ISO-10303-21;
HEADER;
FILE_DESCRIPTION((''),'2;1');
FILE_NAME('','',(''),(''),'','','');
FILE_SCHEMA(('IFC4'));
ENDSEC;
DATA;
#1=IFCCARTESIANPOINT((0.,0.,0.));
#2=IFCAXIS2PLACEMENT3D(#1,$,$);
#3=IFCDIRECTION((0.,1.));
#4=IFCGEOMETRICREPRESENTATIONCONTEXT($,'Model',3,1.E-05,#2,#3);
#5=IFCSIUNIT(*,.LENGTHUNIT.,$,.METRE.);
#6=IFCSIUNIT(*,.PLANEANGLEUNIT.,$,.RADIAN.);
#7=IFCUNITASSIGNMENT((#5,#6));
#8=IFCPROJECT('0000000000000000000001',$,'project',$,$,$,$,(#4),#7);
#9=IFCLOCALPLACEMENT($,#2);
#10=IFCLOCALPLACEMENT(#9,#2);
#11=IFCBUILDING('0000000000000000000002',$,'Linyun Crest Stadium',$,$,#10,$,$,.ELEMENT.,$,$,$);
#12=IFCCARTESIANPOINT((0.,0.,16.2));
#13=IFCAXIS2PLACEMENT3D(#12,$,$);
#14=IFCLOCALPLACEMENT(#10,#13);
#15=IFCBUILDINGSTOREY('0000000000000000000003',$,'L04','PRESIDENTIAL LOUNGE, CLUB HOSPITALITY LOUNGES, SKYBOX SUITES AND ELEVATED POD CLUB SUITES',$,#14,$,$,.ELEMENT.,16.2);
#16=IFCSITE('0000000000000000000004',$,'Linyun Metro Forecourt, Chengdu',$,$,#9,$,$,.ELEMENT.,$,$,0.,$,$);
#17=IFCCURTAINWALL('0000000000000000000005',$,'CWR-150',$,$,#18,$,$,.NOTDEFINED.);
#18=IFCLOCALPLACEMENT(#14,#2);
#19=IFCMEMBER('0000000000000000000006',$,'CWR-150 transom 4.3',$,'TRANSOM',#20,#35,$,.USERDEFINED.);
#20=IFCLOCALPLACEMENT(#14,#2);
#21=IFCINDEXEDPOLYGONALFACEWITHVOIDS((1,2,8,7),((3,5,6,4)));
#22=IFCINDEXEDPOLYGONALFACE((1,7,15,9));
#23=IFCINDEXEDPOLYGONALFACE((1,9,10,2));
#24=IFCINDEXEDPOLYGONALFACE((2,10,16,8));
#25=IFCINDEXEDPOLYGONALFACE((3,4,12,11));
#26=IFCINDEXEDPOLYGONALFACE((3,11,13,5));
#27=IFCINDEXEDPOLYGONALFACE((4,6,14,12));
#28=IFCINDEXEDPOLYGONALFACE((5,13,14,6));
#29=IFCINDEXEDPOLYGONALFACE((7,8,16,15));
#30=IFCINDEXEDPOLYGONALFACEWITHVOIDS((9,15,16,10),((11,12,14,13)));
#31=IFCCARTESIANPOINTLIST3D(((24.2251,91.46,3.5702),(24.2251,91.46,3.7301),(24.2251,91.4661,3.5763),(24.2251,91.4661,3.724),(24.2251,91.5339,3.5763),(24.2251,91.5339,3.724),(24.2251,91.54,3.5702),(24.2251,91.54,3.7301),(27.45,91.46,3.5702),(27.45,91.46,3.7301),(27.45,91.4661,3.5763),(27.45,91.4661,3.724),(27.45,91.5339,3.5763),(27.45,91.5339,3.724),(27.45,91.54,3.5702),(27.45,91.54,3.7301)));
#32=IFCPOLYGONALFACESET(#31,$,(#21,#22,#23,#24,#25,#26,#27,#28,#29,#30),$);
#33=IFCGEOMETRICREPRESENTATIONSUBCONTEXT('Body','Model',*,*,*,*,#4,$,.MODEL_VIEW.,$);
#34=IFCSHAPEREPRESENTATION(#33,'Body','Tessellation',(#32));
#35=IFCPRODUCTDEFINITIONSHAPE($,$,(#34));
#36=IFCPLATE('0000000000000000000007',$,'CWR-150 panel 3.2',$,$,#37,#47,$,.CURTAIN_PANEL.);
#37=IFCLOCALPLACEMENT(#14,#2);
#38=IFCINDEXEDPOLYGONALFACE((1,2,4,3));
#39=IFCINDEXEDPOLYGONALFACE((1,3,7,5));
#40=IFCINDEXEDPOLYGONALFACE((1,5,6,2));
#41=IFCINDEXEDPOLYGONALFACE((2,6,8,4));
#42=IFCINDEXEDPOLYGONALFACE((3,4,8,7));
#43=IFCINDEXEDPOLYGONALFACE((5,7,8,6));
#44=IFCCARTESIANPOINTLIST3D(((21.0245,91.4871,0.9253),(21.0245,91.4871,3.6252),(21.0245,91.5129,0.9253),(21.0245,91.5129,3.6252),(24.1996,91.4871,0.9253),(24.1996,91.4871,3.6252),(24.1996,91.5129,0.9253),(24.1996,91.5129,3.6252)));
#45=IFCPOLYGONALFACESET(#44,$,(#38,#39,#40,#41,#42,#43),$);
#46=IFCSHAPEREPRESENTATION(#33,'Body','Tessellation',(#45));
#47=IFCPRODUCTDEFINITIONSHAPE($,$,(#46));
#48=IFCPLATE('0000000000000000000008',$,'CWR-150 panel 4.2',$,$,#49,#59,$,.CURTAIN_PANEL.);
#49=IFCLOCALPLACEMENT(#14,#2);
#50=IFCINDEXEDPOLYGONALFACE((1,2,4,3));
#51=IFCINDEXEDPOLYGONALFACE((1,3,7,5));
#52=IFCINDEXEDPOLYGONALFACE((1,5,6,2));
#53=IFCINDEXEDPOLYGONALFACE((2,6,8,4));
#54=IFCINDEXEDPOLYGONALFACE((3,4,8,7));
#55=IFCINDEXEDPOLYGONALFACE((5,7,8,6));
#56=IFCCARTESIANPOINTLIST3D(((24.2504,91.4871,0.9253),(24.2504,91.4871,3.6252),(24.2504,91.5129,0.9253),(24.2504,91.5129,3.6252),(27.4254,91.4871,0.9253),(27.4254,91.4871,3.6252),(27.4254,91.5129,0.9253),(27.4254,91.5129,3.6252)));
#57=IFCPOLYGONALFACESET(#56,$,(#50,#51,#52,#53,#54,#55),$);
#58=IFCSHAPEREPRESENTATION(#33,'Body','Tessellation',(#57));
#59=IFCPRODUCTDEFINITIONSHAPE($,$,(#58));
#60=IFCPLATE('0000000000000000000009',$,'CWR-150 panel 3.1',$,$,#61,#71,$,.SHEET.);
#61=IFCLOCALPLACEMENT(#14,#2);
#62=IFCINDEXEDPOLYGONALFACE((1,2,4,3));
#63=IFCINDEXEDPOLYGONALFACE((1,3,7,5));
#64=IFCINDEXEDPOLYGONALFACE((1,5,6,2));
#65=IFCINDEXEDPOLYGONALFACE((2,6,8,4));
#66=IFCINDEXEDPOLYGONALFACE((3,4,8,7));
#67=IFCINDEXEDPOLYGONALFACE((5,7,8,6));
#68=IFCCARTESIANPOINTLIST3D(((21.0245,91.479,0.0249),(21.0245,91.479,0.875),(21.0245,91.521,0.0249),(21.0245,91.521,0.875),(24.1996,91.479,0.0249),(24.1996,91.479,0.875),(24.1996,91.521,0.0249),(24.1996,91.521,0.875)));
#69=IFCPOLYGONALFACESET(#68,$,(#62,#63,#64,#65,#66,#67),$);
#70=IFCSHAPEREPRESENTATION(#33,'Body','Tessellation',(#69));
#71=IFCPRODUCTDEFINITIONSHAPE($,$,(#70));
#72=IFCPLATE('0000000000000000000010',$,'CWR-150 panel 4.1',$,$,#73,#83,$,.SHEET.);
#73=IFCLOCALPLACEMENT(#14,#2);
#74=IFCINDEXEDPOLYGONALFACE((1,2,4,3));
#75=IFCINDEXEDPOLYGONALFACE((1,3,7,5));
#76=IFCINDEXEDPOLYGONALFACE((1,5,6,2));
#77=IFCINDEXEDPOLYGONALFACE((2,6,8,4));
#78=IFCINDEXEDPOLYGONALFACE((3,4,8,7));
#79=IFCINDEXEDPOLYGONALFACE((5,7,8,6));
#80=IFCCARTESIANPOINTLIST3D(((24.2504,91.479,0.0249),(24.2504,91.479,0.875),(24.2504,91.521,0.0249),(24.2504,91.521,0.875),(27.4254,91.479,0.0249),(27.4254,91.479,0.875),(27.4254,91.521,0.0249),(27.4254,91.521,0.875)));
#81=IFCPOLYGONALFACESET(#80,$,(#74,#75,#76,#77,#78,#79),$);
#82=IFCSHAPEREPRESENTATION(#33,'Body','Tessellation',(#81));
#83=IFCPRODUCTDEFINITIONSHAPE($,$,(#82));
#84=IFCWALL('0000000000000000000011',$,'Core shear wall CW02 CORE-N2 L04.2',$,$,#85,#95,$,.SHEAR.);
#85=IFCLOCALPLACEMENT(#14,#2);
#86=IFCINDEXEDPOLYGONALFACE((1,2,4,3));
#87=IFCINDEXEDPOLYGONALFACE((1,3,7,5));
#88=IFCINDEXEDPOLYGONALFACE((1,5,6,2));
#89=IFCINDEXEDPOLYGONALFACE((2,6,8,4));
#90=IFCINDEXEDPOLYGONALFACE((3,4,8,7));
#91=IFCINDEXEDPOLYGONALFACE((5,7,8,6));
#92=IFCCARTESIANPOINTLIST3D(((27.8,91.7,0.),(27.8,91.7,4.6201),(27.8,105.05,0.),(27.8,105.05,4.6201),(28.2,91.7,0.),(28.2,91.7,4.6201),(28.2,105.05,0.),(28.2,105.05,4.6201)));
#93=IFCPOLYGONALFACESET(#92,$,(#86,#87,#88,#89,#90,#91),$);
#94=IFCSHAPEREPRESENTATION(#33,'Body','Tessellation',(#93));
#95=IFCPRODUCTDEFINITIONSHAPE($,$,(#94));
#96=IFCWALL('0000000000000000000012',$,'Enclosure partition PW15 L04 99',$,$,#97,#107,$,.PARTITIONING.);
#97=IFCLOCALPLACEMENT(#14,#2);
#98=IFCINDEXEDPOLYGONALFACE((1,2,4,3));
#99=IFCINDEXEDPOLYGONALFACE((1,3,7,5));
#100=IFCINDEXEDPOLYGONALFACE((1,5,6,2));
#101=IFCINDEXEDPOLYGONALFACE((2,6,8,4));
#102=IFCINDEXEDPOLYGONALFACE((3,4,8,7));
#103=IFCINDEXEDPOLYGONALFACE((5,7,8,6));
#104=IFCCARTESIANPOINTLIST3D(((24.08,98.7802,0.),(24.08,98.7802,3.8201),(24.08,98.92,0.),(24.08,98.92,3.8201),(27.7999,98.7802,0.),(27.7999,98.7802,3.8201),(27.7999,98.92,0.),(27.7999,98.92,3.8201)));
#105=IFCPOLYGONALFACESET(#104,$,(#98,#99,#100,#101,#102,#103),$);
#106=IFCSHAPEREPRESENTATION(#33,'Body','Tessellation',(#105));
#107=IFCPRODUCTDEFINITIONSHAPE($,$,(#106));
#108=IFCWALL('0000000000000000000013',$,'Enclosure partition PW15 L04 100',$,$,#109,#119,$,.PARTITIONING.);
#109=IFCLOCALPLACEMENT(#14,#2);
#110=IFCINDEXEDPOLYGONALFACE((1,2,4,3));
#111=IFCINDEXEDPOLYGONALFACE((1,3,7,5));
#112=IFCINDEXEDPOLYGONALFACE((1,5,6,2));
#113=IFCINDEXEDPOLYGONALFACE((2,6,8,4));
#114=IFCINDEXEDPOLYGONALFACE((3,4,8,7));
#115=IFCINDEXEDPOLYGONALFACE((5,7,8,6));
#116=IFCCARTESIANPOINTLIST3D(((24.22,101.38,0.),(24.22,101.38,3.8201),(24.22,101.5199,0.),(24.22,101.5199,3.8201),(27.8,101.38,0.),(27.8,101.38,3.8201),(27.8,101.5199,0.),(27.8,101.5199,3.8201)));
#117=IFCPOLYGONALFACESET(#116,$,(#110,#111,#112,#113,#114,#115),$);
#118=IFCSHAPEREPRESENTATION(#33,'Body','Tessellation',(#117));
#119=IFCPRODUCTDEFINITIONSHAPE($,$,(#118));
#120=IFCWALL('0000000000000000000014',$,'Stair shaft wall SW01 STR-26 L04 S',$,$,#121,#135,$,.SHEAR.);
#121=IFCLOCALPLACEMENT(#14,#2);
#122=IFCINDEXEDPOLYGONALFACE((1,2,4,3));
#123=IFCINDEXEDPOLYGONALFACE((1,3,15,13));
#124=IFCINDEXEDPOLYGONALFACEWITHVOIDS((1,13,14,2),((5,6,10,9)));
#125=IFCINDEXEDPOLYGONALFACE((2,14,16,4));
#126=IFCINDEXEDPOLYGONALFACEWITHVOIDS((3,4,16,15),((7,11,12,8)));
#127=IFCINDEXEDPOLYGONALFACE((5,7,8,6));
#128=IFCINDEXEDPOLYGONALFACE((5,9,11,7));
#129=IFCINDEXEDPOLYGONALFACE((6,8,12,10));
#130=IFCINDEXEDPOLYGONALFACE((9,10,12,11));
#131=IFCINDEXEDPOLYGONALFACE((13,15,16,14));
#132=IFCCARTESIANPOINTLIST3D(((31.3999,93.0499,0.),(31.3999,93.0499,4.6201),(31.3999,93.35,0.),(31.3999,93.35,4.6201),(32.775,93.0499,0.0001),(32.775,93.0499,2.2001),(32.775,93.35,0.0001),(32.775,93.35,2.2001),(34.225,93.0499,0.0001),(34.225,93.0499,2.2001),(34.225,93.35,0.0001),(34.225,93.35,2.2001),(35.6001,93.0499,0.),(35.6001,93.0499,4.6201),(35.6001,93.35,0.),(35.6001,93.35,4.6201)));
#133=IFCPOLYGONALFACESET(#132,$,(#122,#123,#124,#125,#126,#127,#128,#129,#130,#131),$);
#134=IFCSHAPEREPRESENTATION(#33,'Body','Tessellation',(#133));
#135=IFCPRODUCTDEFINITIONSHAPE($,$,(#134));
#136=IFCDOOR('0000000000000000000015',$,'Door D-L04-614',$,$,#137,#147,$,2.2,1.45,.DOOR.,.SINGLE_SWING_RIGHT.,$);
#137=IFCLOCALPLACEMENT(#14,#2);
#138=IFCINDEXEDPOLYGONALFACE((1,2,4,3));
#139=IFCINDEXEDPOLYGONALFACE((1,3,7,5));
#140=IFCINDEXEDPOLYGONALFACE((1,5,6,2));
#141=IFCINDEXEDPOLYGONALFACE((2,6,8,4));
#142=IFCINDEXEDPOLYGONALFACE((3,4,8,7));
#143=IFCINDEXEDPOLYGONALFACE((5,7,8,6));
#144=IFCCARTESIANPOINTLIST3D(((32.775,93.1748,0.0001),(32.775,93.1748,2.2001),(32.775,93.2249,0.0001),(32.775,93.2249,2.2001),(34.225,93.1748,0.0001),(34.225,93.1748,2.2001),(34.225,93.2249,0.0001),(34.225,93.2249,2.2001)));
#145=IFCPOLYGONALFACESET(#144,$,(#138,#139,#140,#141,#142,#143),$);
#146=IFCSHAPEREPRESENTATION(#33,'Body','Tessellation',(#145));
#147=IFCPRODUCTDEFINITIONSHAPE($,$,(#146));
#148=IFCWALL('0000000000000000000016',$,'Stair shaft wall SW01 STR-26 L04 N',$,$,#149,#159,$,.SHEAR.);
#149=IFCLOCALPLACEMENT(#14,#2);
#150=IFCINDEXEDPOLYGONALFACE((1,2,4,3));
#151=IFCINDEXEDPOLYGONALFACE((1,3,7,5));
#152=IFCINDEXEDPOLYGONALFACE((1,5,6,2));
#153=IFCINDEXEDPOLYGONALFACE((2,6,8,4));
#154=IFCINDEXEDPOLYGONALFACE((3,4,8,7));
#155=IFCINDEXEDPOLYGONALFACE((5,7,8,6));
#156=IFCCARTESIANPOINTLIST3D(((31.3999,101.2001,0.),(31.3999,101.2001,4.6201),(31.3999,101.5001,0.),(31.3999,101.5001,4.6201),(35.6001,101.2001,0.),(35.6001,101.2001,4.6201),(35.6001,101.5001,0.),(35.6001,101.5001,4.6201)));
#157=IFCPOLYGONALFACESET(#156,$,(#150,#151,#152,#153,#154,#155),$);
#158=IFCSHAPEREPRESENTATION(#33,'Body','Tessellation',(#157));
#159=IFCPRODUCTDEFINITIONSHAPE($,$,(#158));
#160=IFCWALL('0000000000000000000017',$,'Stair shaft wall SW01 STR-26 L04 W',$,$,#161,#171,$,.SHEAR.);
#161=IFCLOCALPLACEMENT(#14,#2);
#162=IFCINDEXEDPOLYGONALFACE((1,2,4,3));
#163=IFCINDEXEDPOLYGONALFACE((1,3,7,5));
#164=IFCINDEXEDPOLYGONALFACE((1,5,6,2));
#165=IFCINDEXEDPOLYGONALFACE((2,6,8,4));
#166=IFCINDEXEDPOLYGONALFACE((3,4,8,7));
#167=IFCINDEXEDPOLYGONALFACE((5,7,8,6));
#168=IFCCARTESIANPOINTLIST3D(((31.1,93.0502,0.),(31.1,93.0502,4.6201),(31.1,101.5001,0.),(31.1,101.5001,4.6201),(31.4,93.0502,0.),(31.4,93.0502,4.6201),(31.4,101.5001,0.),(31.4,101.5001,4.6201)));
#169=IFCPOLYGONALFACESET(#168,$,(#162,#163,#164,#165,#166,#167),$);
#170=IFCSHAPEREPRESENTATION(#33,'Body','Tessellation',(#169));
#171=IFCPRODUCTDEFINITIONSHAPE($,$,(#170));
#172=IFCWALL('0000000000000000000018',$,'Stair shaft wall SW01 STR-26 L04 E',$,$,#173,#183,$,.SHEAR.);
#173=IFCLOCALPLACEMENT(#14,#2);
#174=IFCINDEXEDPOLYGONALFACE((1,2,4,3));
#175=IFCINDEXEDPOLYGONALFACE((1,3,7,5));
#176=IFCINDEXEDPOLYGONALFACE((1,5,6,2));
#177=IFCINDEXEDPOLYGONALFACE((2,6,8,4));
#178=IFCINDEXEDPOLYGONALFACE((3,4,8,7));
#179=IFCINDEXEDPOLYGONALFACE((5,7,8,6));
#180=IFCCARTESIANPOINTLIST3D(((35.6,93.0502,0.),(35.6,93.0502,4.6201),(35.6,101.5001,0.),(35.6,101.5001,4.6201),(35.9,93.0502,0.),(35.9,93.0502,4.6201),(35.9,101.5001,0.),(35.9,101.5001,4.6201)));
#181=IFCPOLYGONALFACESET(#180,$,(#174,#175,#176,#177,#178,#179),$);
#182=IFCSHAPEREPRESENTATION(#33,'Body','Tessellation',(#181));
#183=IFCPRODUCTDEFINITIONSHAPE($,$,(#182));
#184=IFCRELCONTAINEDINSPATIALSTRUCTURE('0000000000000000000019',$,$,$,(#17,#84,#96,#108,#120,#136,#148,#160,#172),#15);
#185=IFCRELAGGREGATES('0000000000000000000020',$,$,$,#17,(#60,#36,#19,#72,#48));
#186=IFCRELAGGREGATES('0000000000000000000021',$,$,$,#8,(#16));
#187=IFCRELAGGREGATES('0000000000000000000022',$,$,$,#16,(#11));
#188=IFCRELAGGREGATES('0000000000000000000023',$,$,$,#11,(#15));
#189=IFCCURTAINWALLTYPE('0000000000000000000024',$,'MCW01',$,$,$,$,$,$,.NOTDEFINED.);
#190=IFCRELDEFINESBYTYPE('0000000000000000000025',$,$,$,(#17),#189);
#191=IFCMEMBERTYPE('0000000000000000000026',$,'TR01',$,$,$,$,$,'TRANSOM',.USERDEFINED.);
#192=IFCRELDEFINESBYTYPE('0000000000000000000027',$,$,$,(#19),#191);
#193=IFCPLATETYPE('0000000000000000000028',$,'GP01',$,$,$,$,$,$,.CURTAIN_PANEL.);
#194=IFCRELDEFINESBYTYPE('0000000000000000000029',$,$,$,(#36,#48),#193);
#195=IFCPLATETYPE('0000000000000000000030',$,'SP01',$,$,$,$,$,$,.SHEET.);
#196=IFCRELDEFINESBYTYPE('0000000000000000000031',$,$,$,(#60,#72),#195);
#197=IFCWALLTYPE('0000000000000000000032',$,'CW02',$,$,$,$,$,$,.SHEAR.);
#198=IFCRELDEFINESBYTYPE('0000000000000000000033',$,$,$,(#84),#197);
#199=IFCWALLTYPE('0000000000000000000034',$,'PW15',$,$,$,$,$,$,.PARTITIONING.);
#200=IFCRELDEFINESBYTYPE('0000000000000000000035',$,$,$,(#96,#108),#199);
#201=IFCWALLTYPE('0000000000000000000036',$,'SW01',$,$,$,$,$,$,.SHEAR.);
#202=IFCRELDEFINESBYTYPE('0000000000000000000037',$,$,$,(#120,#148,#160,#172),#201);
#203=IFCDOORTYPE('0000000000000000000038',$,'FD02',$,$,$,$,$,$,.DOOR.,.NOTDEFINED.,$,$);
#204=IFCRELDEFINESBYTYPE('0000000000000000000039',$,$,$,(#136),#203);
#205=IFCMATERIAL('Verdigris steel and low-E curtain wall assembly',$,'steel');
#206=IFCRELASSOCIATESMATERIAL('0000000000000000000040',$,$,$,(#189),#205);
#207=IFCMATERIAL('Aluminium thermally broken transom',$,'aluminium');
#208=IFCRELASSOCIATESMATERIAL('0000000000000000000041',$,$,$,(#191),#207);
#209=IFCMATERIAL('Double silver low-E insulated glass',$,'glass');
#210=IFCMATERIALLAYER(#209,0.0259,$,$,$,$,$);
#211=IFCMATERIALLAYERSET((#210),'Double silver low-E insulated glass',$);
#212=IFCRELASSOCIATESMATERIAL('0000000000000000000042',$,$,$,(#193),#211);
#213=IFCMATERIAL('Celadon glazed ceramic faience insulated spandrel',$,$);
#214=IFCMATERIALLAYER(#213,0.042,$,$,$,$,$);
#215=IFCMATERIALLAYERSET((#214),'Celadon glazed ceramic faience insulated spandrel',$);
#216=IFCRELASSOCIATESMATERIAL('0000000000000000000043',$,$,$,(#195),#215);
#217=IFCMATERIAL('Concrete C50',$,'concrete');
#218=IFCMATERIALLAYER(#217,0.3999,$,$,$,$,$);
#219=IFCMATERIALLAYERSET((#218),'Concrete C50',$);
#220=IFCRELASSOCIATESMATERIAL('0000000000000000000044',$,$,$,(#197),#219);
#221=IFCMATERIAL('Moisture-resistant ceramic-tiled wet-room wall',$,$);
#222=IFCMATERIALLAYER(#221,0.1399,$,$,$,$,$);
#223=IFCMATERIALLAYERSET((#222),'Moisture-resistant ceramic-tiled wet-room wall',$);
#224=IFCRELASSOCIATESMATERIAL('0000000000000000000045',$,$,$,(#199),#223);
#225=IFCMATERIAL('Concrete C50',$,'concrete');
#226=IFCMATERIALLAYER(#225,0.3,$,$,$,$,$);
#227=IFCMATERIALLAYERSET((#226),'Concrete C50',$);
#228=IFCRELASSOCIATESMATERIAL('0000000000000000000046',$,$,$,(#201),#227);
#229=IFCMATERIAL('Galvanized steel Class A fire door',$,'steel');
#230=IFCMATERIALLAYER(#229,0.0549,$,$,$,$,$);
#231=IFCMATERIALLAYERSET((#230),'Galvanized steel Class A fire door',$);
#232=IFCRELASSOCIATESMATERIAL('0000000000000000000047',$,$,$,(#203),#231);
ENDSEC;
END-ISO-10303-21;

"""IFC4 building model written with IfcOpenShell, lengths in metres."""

from ifc_helpers import new_model, si_unit, direction, frame, frame_2d, origin, origin_2d, place, context, subcontext, project, spatial, rectangle, hollow_rectangle, extrude, material, layer, layer_set, material_profile, profile_set, type_object, element, fill, aggregate, save


model = new_model("IFC4")

# Units and contexts
model_context = context("Model", 3, precision=1e-05, world=origin(), true_north=direction((0.0, 1.0)))
body_context = subcontext(model_context, "Body", "Model", "MODEL_VIEW")
ifc_project = project(units=[si_unit("LENGTHUNIT", "METRE"), si_unit("PLANEANGLEUNIT", "RADIAN")], contexts=[model_context])

# Site, building, storey
site_placement = place(None, origin())
site = spatial("IfcSite", under=ifc_project, at=site_placement, Name="Linyun Metro Forecourt, Chengdu", CompositionType="ELEMENT", RefElevation=0.0)
building_placement = place(site_placement, origin())
building = spatial("IfcBuilding", under=site, at=building_placement, Name="Linyun Crest Stadium", CompositionType="ELEMENT")
storey_placement = place(building_placement, frame((0.0, 0.0, 16.2)))
storey = spatial("IfcBuildingStorey", under=building, at=storey_placement, Name="L04", Description="PRESIDENTIAL LOUNGE, CLUB HOSPITALITY LOUNGES, SKYBOX SUITES AND ELEVATED POD CLUB SUITES", CompositionType="ELEMENT", Elevation=16.2)

# Curtain wall, member, plates
ifc_material_1 = material(Name="Verdigris steel and low-E curtain wall assembly", Category="steel")
curtain_wall_type = type_object("IfcCurtainWallType", Name="MCW01", PredefinedType="NOTDEFINED", material=ifc_material_1)
curtain_wall_placement = place(storey_placement, origin())
curtain_wall = element("IfcCurtainWall", 1, at=curtain_wall_placement, inside=storey, type_object=curtain_wall_type, Name="CWR-150", PredefinedType="NOTDEFINED")
ifc_material_2 = material(Name="Aluminium thermally broken transom", Category="aluminium")
ifc_material_profile_1 = material_profile(ifc_material_2, hollow_rectangle(XDim=0.0801, YDim=0.1599, WallThickness=0.0061, at=origin_2d()), Name="RHS 160x80x6")
ifc_profile_set_1 = profile_set([ifc_material_profile_1], Name="Aluminium thermally broken transom")
member_type_1 = type_object("IfcMemberType", Name="TR01", ElementType="TRANSOM", PredefinedType="USERDEFINED", material=ifc_profile_set_1)
member_1_placement = place(storey_placement, frame((24.2251, 91.5, 3.6501), z_axis=(1.0, 0.0, 0.0), x_axis=(0.0, 1.0, 0.0)))
member_1 = element("IfcMember", 2, at=member_1_placement, type_object=member_type_1, Name="CWR-150 transom 4.3", ObjectType="TRANSOM", PredefinedType="USERDEFINED", context=body_context, shape_type="SweptSolid", body=[
    extrude(hollow_rectangle(XDim=0.0801, YDim=0.1599, WallThickness=0.0061, at=origin_2d()), origin(), (0.0, 0.0, 1.0), 3.2249),
])
ifc_material_3 = material(Name="Double silver low-E insulated glass", Category="glass")
ifc_layer_1 = layer(ifc_material_3, 0.0259)
ifc_layer_set_1 = layer_set([ifc_layer_1], Name="Double silver low-E insulated glass")
plate_type_1 = type_object("IfcPlateType", Name="GP01", PredefinedType="CURTAIN_PANEL", material=ifc_layer_set_1)
plate_1_placement = place(storey_placement, frame((22.6121, 91.5, 0.9253), z_axis=(0.0, 0.0, 1.0), x_axis=(1.0, 0.0, 0.0)))
plate_1 = element("IfcPlate", 3, at=plate_1_placement, type_object=plate_type_1, Name="CWR-150 panel 3.2", PredefinedType="CURTAIN_PANEL", context=body_context, shape_type="SweptSolid", body=[
    extrude(rectangle(XDim=3.175, YDim=0.0259, at=origin_2d()), origin(), (0.0, 0.0, 1.0), 2.7),
])
plate_2_placement = place(storey_placement, frame((25.8379, 91.5, 0.9253), z_axis=(0.0, 0.0, 1.0), x_axis=(1.0, 0.0, 0.0)))
plate_2 = element("IfcPlate", 4, at=plate_2_placement, type_object=plate_type_1, Name="CWR-150 panel 4.2", PredefinedType="CURTAIN_PANEL", context=body_context, shape_type="SweptSolid", body=[
    extrude(rectangle(XDim=3.175, YDim=0.0259, at=origin_2d()), origin(), (0.0, 0.0, 1.0), 2.7),
])
ifc_material_4 = material(Name="Celadon glazed ceramic faience insulated spandrel")
ifc_layer_2 = layer(ifc_material_4, 0.042)
ifc_layer_set_2 = layer_set([ifc_layer_2], Name="Celadon glazed ceramic faience insulated spandrel")
plate_type_2 = type_object("IfcPlateType", Name="SP01", PredefinedType="SHEET", material=ifc_layer_set_2)
plate_3_placement = place(storey_placement, frame((22.6121, 91.5, 0.0249), z_axis=(0.0, 0.0, 1.0), x_axis=(1.0, 0.0, 0.0)))
plate_3 = element("IfcPlate", 5, at=plate_3_placement, type_object=plate_type_2, Name="CWR-150 panel 3.1", PredefinedType="SHEET", context=body_context, shape_type="SweptSolid", body=[
    extrude(rectangle(XDim=3.175, YDim=0.042, at=origin_2d()), origin(), (0.0, 0.0, 1.0), 0.8501),
])
plate_4_placement = place(storey_placement, frame((25.8379, 91.5, 0.0249), z_axis=(0.0, 0.0, 1.0), x_axis=(1.0, 0.0, 0.0)))
plate_4 = element("IfcPlate", 6, at=plate_4_placement, type_object=plate_type_2, Name="CWR-150 panel 4.1", PredefinedType="SHEET", context=body_context, shape_type="SweptSolid", body=[
    extrude(rectangle(XDim=3.175, YDim=0.042, at=origin_2d()), origin(), (0.0, 0.0, 1.0), 0.8501),
])
aggregate(curtain_wall, [plate_3, plate_1, member_1, plate_4, plate_2])

# Wall
ifc_material_5 = material(Name="Concrete C50", Category="concrete")
ifc_layer_3 = layer(ifc_material_5, 0.3999)
ifc_layer_set_3 = layer_set([ifc_layer_3], Name="Concrete C50")
wall_type_1 = type_object("IfcWallType", Name="CW02", PredefinedType="SHEAR", material=ifc_layer_set_3)
wall_1_placement = place(storey_placement, frame((28.0, 91.7, 0.0), z_axis=(0.0, 0.0, 1.0), x_axis=(0.0, 1.0, 0.0)))
element("IfcWall", 7, at=wall_1_placement, inside=storey, type_object=wall_type_1, Name="Core shear wall CW02 CORE-N2 L04.2", PredefinedType="SHEAR", context=body_context, shape_type="SweptSolid", body=[
    extrude(rectangle(XDim=13.3501, YDim=0.3999, at=frame_2d((6.675, 0.0))), origin(), (0.0, 0.0, 1.0), 4.6201),
])

# Shared definitions
ifc_material_6 = material(Name="Moisture-resistant ceramic-tiled wet-room wall")
ifc_layer_4 = layer(ifc_material_6, 0.1399)
ifc_layer_set_4 = layer_set([ifc_layer_4], Name="Moisture-resistant ceramic-tiled wet-room wall")
wall_type_2 = type_object("IfcWallType", Name="PW15", PredefinedType="PARTITIONING", material=ifc_layer_set_4)

# Walls
wall_2_placement = place(storey_placement, frame((24.0801, 98.8501, 0.0), z_axis=(0.0, 0.0, 1.0), x_axis=(1.0, 0.0, 0.0)))
element("IfcWall", 8, at=wall_2_placement, inside=storey, type_object=wall_type_2, Name="Enclosure partition PW15 L04 99", PredefinedType="PARTITIONING", context=body_context, shape_type="SweptSolid", body=[
    extrude(rectangle(XDim=3.72, YDim=0.1399, at=frame_2d((1.8599, 0.0))), origin(), (0.0, 0.0, 1.0), 3.8201),
])
wall_3_placement = place(storey_placement, frame((24.22, 101.45, 0.0), z_axis=(0.0, 0.0, 1.0), x_axis=(1.0, 0.0, 0.0)))
element("IfcWall", 9, at=wall_3_placement, inside=storey, type_object=wall_type_2, Name="Enclosure partition PW15 L04 100", PredefinedType="PARTITIONING", context=body_context, shape_type="SweptSolid", body=[
    extrude(rectangle(XDim=3.5801, YDim=0.1399, at=frame_2d((1.79, 0.0))), origin(), (0.0, 0.0, 1.0), 3.8201),
])

# Wall, opening, door
ifc_material_7 = material(Name="Concrete C50", Category="concrete")
ifc_layer_5 = layer(ifc_material_7, 0.3)
ifc_layer_set_5 = layer_set([ifc_layer_5], Name="Concrete C50")
wall_type_3 = type_object("IfcWallType", Name="SW01", PredefinedType="SHEAR", material=ifc_layer_set_5)
wall_4_placement = place(storey_placement, frame((31.3999, 93.2, 0.0), z_axis=(0.0, 0.0, 1.0), x_axis=(1.0, 0.0, 0.0)))
wall_4 = element("IfcWall", 10, at=wall_4_placement, inside=storey, type_object=wall_type_3, Name="Stair shaft wall SW01 STR-26 L04 S", PredefinedType="SHEAR", context=body_context, shape_type="SweptSolid", body=[
    extrude(rectangle(XDim=4.2002, YDim=0.3, at=frame_2d((2.1001, 0.0))), origin(), (0.0, 0.0, 1.0), 4.6201),
])
opening_1_placement = place(wall_4_placement, frame((1.375, 0.0, 0.0)))
opening_1 = element("IfcOpeningElement", 11, at=opening_1_placement, cuts=wall_4, PredefinedType="OPENING", context=body_context, shape_type="SweptSolid", body=[
    extrude(rectangle(XDim=1.45, YDim=2.2, at=frame_2d((0.7251, 1.1001))), frame((0.0, 0.1599, 0.0), z_axis=(0.0, -1.0, 0.0), x_axis=(1.0, 0.0, 0.0)), (0.0, 0.0, 1.0), 0.3201),
])
ifc_material_8 = material(Name="Galvanized steel Class A fire door", Category="steel")
ifc_layer_6 = layer(ifc_material_8, 0.0549)
ifc_layer_set_6 = layer_set([ifc_layer_6], Name="Galvanized steel Class A fire door")
door_type_1 = type_object("IfcDoorType", Name="FD02", OperationType="NOTDEFINED", PredefinedType="DOOR", material=ifc_layer_set_6)
door_1_placement = place(opening_1_placement, origin())
door_1 = element("IfcDoor", 12, at=door_1_placement, inside=storey, type_object=door_type_1, Name="Door D-L04-614", OperationType="SINGLE_SWING_RIGHT", OverallHeight=2.2, OverallWidth=1.45, PredefinedType="DOOR", context=body_context, shape_type="SweptSolid", body=[
    extrude(rectangle(XDim=1.45, YDim=2.2, at=frame_2d((0.7251, 1.1001))), frame((0.0, 0.0249, 0.0), z_axis=(0.0, -1.0, 0.0), x_axis=(1.0, 0.0, 0.0)), (0.0, 0.0, 1.0), 0.05),
])
fill(opening_1, door_1)

# Walls
wall_5_placement = place(storey_placement, frame((31.3999, 101.3501, 0.0), z_axis=(0.0, 0.0, 1.0), x_axis=(1.0, 0.0, 0.0)))
element("IfcWall", 13, at=wall_5_placement, inside=storey, type_object=wall_type_3, Name="Stair shaft wall SW01 STR-26 L04 N", PredefinedType="SHEAR", context=body_context, shape_type="SweptSolid", body=[
    extrude(rectangle(XDim=4.2002, YDim=0.3, at=frame_2d((2.1001, 0.0))), origin(), (0.0, 0.0, 1.0), 4.6201),
])
for number, where, z_axis, x_axis, name in (
    (14, (31.25, 93.05, 0.0), (0.0, 0.0, 1.0), (0.0, 1.0, 0.0), "Stair shaft wall SW01 STR-26 L04 W"),
    (15, (35.75, 93.05, 0.0), (0.0, 0.0, 1.0), (0.0, 1.0, 0.0), "Stair shaft wall SW01 STR-26 L04 E"),
):
    element("IfcWall", number, at=place(storey_placement, frame(where, z_axis=z_axis, x_axis=x_axis)), inside=storey, type_object=wall_type_3, Name=name, PredefinedType="SHEAR", context=body_context, shape_type="SweptSolid", body=[
        extrude(rectangle(XDim=8.45, YDim=0.3, at=frame_2d((4.2251, 0.0))), origin(), (0.0, 0.0, 1.0), 4.6201),
    ])

save(model, "model.ifc")
